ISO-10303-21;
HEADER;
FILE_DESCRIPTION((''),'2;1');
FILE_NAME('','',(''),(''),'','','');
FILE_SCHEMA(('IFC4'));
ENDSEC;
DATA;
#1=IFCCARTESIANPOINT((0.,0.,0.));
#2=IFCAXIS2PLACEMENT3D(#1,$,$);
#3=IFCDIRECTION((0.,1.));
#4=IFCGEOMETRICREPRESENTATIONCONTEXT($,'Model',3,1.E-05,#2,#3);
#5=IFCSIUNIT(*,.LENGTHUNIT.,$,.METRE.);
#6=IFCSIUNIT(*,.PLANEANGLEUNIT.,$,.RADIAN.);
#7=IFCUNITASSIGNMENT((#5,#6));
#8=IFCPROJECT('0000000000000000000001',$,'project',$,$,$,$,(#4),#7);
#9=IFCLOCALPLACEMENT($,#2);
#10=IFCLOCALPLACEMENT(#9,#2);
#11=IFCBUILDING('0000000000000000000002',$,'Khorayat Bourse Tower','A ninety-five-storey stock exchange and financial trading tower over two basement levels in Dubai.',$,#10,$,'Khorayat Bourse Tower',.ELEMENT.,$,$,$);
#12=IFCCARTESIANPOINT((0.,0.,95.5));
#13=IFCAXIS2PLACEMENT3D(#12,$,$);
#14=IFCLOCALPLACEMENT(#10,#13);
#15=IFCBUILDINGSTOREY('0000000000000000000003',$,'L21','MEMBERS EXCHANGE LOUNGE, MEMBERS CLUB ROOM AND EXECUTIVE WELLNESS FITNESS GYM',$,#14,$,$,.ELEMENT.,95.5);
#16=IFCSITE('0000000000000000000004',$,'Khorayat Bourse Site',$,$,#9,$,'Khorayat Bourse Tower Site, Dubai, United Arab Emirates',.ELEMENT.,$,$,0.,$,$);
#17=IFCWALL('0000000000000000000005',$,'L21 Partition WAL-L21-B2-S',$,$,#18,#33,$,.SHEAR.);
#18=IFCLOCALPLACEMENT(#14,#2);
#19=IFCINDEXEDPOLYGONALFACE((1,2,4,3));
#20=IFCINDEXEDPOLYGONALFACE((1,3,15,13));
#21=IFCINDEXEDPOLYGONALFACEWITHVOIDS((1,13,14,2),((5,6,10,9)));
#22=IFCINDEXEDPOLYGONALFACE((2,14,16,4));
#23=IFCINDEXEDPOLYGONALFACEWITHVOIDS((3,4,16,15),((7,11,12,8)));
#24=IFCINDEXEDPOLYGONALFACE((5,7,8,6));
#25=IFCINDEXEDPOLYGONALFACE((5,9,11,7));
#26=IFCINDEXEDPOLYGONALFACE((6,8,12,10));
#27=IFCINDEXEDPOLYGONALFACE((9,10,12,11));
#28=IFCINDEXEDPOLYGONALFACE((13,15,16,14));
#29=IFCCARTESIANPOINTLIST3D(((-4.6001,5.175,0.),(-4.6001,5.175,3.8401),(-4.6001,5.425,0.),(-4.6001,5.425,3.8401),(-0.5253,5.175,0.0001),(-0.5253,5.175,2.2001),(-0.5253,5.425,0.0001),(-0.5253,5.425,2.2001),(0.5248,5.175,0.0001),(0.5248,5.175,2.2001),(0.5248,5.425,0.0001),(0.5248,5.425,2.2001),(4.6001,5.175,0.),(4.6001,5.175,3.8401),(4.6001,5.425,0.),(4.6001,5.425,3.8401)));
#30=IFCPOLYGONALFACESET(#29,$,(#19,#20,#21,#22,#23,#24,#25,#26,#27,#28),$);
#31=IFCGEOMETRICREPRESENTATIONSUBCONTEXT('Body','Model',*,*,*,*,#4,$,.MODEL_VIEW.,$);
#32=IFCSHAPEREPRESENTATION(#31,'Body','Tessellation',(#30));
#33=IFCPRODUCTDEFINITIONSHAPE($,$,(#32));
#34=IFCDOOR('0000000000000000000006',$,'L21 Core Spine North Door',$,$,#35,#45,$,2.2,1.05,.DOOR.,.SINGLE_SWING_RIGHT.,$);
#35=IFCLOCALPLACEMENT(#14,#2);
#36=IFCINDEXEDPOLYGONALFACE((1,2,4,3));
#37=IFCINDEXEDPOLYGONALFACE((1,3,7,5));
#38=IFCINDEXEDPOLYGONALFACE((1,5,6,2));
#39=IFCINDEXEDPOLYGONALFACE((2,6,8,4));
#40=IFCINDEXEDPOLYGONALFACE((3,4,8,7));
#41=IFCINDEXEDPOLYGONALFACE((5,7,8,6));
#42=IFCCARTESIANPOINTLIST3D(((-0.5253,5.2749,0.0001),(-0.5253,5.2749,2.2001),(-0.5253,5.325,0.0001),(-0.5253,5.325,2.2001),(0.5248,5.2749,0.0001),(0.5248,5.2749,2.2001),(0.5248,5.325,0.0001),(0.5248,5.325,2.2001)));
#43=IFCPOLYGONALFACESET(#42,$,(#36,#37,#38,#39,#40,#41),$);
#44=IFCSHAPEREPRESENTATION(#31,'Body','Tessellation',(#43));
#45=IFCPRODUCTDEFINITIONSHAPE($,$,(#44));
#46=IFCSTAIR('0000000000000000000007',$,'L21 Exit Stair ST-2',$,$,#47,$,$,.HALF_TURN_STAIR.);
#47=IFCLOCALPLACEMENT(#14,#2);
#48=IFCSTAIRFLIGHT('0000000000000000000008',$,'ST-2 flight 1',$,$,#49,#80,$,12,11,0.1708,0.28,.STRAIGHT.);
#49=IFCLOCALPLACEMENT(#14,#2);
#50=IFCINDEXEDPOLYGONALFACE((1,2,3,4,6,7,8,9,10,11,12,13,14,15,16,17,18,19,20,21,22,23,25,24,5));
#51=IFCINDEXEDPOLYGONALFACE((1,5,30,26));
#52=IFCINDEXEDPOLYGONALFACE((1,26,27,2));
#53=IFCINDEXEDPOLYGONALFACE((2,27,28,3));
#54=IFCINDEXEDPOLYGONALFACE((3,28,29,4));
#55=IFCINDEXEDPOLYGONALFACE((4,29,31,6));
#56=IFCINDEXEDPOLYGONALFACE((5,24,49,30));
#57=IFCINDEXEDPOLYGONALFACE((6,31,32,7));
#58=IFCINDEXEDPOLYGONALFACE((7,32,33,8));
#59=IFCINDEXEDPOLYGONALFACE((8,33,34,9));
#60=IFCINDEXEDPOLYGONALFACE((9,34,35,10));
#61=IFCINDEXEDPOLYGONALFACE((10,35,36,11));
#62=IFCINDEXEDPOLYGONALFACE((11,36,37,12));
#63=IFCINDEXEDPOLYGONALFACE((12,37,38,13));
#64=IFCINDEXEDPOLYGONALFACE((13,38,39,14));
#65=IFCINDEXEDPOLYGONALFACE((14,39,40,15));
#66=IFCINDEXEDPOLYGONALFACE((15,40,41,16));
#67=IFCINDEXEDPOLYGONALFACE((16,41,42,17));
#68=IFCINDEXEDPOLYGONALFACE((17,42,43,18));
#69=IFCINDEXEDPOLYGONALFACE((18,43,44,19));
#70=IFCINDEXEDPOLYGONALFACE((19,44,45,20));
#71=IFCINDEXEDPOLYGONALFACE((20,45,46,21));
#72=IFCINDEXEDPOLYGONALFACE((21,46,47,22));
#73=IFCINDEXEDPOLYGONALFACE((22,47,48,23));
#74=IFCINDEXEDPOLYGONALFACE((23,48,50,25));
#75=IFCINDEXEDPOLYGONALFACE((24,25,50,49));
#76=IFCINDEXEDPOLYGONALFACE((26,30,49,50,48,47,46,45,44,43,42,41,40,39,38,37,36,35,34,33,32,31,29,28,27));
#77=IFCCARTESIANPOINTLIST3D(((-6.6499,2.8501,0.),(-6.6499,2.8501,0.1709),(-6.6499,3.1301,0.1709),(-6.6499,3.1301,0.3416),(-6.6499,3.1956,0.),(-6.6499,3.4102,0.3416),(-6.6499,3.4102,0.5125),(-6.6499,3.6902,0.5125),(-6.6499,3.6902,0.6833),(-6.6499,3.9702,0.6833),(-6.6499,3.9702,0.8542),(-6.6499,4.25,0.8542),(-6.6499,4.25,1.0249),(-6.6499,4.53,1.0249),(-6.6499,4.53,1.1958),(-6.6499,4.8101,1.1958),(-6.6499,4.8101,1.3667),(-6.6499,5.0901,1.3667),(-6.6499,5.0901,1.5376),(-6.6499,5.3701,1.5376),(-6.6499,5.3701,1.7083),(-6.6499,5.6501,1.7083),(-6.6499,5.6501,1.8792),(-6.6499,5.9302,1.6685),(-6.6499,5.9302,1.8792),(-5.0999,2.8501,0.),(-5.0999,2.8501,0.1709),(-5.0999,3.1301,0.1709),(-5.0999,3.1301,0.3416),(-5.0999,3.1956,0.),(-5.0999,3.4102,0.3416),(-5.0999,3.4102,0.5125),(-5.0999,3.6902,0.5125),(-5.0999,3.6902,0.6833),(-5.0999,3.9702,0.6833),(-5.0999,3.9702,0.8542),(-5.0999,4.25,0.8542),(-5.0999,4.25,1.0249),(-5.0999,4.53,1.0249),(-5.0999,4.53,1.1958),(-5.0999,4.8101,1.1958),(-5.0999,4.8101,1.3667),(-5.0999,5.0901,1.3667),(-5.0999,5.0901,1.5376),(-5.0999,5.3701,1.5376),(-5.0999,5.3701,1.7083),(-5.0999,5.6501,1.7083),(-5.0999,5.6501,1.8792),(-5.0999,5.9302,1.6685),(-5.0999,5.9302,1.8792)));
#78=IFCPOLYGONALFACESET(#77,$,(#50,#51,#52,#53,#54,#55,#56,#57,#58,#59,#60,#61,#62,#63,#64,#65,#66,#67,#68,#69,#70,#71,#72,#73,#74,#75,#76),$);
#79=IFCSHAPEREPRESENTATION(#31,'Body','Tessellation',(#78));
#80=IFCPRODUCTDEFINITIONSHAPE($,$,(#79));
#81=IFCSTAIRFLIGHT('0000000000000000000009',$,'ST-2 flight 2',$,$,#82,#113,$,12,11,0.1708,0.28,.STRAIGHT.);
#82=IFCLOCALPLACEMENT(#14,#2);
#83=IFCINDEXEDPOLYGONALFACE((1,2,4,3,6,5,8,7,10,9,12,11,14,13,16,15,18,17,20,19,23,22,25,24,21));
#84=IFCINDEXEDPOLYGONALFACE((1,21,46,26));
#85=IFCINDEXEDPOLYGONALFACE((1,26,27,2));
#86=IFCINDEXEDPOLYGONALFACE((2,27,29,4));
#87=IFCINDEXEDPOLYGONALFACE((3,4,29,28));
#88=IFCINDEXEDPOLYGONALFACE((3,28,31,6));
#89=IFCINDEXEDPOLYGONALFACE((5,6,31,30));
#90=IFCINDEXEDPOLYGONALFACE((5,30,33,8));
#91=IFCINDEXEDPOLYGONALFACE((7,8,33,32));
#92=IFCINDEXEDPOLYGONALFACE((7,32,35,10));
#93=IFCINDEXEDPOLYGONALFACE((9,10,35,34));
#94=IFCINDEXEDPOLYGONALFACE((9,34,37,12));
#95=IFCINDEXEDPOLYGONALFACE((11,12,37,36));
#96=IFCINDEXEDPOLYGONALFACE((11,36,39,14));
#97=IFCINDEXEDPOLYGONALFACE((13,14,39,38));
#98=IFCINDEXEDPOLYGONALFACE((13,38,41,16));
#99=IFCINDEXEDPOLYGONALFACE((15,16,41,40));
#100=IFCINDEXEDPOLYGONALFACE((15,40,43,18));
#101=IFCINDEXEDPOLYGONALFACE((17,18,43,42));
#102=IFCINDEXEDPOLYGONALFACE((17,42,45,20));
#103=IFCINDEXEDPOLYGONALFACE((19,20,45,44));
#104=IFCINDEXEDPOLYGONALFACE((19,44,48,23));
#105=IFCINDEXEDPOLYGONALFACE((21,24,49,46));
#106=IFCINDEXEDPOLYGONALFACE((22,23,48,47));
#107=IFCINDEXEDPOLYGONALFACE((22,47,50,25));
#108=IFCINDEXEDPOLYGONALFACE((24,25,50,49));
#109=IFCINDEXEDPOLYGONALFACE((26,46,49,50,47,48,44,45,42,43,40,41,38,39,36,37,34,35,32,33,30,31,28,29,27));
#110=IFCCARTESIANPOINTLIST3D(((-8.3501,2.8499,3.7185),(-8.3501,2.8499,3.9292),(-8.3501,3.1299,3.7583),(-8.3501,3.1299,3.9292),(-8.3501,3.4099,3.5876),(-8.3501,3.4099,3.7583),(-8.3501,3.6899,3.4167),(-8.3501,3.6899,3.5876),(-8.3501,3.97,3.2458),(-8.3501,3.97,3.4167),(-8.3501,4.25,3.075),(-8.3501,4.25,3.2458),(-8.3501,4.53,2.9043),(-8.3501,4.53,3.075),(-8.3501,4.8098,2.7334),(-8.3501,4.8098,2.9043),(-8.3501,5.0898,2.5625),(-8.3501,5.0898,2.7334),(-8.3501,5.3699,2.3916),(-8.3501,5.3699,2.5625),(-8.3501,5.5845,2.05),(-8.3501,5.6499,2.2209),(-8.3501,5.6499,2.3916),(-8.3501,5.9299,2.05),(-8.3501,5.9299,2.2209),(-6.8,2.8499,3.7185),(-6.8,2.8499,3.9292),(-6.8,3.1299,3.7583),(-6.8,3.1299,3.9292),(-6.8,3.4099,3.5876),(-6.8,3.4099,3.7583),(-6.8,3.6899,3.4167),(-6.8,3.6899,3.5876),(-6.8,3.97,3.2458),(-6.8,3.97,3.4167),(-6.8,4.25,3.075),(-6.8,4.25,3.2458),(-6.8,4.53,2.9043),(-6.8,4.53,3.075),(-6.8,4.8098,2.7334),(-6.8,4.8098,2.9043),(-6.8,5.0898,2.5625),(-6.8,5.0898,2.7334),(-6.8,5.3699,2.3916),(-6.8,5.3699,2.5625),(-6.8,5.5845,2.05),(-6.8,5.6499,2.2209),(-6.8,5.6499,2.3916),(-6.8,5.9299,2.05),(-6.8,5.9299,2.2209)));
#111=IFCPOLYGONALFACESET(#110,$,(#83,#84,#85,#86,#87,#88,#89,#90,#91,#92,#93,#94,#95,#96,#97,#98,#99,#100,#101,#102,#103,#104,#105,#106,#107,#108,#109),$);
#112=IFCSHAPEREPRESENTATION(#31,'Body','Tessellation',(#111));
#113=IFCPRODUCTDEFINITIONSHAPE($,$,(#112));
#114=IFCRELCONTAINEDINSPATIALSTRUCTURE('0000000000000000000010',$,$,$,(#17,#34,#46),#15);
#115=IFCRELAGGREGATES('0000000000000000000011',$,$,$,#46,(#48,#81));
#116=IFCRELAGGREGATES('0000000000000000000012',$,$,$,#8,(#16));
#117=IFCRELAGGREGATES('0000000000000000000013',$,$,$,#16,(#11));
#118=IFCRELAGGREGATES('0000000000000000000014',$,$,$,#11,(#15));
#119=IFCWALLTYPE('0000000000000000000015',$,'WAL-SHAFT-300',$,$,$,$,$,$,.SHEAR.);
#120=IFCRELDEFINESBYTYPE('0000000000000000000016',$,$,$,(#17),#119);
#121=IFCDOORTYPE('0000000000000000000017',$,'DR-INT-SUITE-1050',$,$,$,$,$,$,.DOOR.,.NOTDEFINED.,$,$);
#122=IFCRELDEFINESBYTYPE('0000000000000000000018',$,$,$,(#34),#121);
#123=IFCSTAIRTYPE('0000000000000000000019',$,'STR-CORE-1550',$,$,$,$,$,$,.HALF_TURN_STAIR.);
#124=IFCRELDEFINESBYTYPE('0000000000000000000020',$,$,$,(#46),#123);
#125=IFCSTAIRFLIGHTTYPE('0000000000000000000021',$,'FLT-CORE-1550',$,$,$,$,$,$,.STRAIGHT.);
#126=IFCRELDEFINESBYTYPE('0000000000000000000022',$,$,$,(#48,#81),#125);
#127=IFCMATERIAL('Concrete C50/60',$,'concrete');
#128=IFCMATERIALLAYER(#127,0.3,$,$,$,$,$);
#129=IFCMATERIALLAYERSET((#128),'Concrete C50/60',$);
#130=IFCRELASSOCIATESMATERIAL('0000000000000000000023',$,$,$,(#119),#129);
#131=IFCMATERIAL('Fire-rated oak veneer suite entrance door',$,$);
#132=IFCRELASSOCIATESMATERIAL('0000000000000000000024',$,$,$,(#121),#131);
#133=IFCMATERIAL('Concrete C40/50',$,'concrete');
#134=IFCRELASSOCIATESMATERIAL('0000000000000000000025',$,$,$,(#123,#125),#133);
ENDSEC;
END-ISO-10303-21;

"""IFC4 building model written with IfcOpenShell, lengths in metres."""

from ifc_helpers import new_model, si_unit, direction, frame, frame_2d, origin, place, context, subcontext, project, spatial, polyline, rectangle, outline, extrude, source, transform, mapped, material, layer, layer_set, type_object, element, fill, aggregate, save


model = new_model("IFC4")

# Units and contexts
model_context = context("Model", 3, precision=1e-05, world=origin(), true_north=direction((0.0, 1.0)))
body_context = subcontext(model_context, "Body", "Model", "MODEL_VIEW")
ifc_project = project(units=[si_unit("LENGTHUNIT", "METRE"), si_unit("PLANEANGLEUNIT", "RADIAN")], contexts=[model_context])

# Site, building, storey
site_placement = place(None, origin())
site = spatial("IfcSite", under=ifc_project, at=site_placement, Name="Khorayat Bourse Site", LongName="Khorayat Bourse Tower Site, Dubai, United Arab Emirates", CompositionType="ELEMENT", RefElevation=0.0)
building_placement = place(site_placement, origin())
building = spatial("IfcBuilding", under=site, at=building_placement, Name="Khorayat Bourse Tower", Description="A ninety-five-storey stock exchange and financial trading tower over two basement levels in Dubai.", LongName="Khorayat Bourse Tower", CompositionType="ELEMENT")
storey_placement = place(building_placement, frame((0.0, 0.0, 95.5)))
storey = spatial("IfcBuildingStorey", under=building, at=storey_placement, Name="L21", Description="MEMBERS EXCHANGE LOUNGE, MEMBERS CLUB ROOM AND EXECUTIVE WELLNESS FITNESS GYM", CompositionType="ELEMENT", Elevation=95.5)

# Shared definitions
ifc_material_1 = material(Name="Concrete C50/60", Category="concrete")
ifc_layer_1 = layer(ifc_material_1, 0.3)
ifc_layer_set_1 = layer_set([ifc_layer_1], Name="Concrete C50/60")
wall_type_1 = type_object("IfcWallType", Name="WAL-SHAFT-300", PredefinedType="SHEAR", material=ifc_layer_set_1)

# Wall, opening, door
shared_shape_1 = source(origin(), body_context, "Body", "SweptSolid", [
    extrude(rectangle(XDim=9.2002, YDim=0.25, at=frame_2d((4.6001, 0.0))), origin(), (0.0, 0.0, 1.0), 3.8401),
])
wall_1_placement = place(storey_placement, frame((-4.6001, 5.3, 0.0), z_axis=(0.0, 0.0, 1.0), x_axis=(1.0, 0.0, 0.0)))
wall_1 = element("IfcWall", 1, at=wall_1_placement, inside=storey, type_object=wall_type_1, Name="L21 Partition WAL-L21-B2-S", PredefinedType="SHEAR", context=body_context, shape_type="MappedRepresentation", body=[
    mapped(shared_shape_1, transform((0.0, 0.0, 0.0), scale=1.0)),
])
shared_shape_2 = source(origin(), body_context, "Body", "SweptSolid", [
    extrude(rectangle(XDim=1.05, YDim=2.2, at=frame_2d((0.5249, 1.1001))), frame((0.0, 0.135, 0.0), z_axis=(0.0, -1.0, 0.0), x_axis=(1.0, 0.0, 0.0)), (0.0, 0.0, 1.0), 0.27),
])
opening_placement = place(wall_1_placement, frame((4.075, 0.0, 0.0)))
opening = element("IfcOpeningElement", 2, at=opening_placement, cuts=wall_1, PredefinedType="OPENING", context=body_context, shape_type="MappedRepresentation", body=[
    mapped(shared_shape_2, transform((0.0, 0.0, 0.0), scale=1.0)),
])
ifc_material_2 = material(Name="Fire-rated oak veneer suite entrance door")
door_type = type_object("IfcDoorType", Name="DR-INT-SUITE-1050", OperationType="NOTDEFINED", PredefinedType="DOOR", material=ifc_material_2)
shared_shape_3 = source(origin(), body_context, "Body", "SweptSolid", [
    extrude(rectangle(XDim=1.05, YDim=2.2, at=frame_2d((0.5249, 1.1001))), frame((0.0, 0.0249, 0.0), z_axis=(0.0, -1.0, 0.0), x_axis=(1.0, 0.0, 0.0)), (0.0, 0.0, 1.0), 0.05),
])
door_placement = place(opening_placement, origin())
door = element("IfcDoor", 3, at=door_placement, inside=storey, type_object=door_type, Name="L21 Core Spine North Door", OperationType="SINGLE_SWING_RIGHT", OverallHeight=2.2, OverallWidth=1.05, PredefinedType="DOOR", context=body_context, shape_type="MappedRepresentation", body=[
    mapped(shared_shape_3, transform((0.0, 0.0, 0.0), scale=1.0)),
])
fill(opening, door)

# Stair, stair flights
ifc_material_3 = material(Name="Concrete C40/50", Category="concrete")
stair_type = type_object("IfcStairType", Name="STR-CORE-1550", PredefinedType="HALF_TURN_STAIR", material=ifc_material_3)
stair_placement = place(storey_placement, origin())
stair = element("IfcStair", 4, at=stair_placement, inside=storey, type_object=stair_type, Name="L21 Exit Stair ST-2", PredefinedType="HALF_TURN_STAIR")
stair_flight_type = type_object("IfcStairFlightType", Name="FLT-CORE-1550", PredefinedType="STRAIGHT", material=ifc_material_3)
shared_shape_4 = source(origin(), body_context, "Body", "SweptSolid", [
    extrude(outline(polyline([(0.0, 0.0), (0.0, 0.1709), (0.28, 0.1709), (0.28, 0.3416), (0.5601, 0.3416), (0.5601, 0.5125), (0.8401, 0.5125), (0.8401, 0.6833), (1.1201, 0.6833), (1.1201, 0.8542), (1.3999, 0.8542), (1.3999, 1.0249), (1.6799, 1.0249), (1.6799, 1.1958), (1.96, 1.1958), (1.96, 1.3667), (2.24, 1.3667), (2.24, 1.5376), (2.52, 1.5376), (2.52, 1.7083), (2.8, 1.7083), (2.8, 1.8792), (3.0801, 1.8792), (3.0801, 2.05), (3.0801, 1.6685), (0.3455, 0.0), (0.0, 0.0)])), frame((0.0, 0.7749, 0.0), z_axis=(0.0, -1.0, 0.0), x_axis=(1.0, 0.0, 0.0)), (0.0, 0.0, 1.0), 1.55),
])
stair_flight_1_placement = place(storey_placement, frame((-5.875, 2.8501, 0.0), z_axis=(0.0, 0.0, 1.0), x_axis=(0.0, 1.0, 0.0)))
stair_flight_1 = element("IfcStairFlight", 5, at=stair_flight_1_placement, type_object=stair_flight_type, Name="ST-2 flight 1", NumberOfRisers=12, NumberOfTreads=11, PredefinedType="STRAIGHT", RiserHeight=0.1708, TreadLength=0.28, context=body_context, shape_type="MappedRepresentation", body=[
    mapped(shared_shape_4, transform((0.0, 0.0, 0.0), scale=1.0)),
])
stair_flight_2_placement = place(storey_placement, frame((-7.575, 5.9299, 2.05), z_axis=(0.0, 0.0, 1.0), x_axis=(0.0, -1.0, 0.0)))
stair_flight_2 = element("IfcStairFlight", 6, at=stair_flight_2_placement, type_object=stair_flight_type, Name="ST-2 flight 2", NumberOfRisers=12, NumberOfTreads=11, PredefinedType="STRAIGHT", RiserHeight=0.1708, TreadLength=0.28, context=body_context, shape_type="MappedRepresentation", body=[
    mapped(shared_shape_4, transform((0.0, 0.0, 0.0), scale=1.0)),
])
aggregate(stair, [stair_flight_1, stair_flight_2])

save(model, "model.ifc")
